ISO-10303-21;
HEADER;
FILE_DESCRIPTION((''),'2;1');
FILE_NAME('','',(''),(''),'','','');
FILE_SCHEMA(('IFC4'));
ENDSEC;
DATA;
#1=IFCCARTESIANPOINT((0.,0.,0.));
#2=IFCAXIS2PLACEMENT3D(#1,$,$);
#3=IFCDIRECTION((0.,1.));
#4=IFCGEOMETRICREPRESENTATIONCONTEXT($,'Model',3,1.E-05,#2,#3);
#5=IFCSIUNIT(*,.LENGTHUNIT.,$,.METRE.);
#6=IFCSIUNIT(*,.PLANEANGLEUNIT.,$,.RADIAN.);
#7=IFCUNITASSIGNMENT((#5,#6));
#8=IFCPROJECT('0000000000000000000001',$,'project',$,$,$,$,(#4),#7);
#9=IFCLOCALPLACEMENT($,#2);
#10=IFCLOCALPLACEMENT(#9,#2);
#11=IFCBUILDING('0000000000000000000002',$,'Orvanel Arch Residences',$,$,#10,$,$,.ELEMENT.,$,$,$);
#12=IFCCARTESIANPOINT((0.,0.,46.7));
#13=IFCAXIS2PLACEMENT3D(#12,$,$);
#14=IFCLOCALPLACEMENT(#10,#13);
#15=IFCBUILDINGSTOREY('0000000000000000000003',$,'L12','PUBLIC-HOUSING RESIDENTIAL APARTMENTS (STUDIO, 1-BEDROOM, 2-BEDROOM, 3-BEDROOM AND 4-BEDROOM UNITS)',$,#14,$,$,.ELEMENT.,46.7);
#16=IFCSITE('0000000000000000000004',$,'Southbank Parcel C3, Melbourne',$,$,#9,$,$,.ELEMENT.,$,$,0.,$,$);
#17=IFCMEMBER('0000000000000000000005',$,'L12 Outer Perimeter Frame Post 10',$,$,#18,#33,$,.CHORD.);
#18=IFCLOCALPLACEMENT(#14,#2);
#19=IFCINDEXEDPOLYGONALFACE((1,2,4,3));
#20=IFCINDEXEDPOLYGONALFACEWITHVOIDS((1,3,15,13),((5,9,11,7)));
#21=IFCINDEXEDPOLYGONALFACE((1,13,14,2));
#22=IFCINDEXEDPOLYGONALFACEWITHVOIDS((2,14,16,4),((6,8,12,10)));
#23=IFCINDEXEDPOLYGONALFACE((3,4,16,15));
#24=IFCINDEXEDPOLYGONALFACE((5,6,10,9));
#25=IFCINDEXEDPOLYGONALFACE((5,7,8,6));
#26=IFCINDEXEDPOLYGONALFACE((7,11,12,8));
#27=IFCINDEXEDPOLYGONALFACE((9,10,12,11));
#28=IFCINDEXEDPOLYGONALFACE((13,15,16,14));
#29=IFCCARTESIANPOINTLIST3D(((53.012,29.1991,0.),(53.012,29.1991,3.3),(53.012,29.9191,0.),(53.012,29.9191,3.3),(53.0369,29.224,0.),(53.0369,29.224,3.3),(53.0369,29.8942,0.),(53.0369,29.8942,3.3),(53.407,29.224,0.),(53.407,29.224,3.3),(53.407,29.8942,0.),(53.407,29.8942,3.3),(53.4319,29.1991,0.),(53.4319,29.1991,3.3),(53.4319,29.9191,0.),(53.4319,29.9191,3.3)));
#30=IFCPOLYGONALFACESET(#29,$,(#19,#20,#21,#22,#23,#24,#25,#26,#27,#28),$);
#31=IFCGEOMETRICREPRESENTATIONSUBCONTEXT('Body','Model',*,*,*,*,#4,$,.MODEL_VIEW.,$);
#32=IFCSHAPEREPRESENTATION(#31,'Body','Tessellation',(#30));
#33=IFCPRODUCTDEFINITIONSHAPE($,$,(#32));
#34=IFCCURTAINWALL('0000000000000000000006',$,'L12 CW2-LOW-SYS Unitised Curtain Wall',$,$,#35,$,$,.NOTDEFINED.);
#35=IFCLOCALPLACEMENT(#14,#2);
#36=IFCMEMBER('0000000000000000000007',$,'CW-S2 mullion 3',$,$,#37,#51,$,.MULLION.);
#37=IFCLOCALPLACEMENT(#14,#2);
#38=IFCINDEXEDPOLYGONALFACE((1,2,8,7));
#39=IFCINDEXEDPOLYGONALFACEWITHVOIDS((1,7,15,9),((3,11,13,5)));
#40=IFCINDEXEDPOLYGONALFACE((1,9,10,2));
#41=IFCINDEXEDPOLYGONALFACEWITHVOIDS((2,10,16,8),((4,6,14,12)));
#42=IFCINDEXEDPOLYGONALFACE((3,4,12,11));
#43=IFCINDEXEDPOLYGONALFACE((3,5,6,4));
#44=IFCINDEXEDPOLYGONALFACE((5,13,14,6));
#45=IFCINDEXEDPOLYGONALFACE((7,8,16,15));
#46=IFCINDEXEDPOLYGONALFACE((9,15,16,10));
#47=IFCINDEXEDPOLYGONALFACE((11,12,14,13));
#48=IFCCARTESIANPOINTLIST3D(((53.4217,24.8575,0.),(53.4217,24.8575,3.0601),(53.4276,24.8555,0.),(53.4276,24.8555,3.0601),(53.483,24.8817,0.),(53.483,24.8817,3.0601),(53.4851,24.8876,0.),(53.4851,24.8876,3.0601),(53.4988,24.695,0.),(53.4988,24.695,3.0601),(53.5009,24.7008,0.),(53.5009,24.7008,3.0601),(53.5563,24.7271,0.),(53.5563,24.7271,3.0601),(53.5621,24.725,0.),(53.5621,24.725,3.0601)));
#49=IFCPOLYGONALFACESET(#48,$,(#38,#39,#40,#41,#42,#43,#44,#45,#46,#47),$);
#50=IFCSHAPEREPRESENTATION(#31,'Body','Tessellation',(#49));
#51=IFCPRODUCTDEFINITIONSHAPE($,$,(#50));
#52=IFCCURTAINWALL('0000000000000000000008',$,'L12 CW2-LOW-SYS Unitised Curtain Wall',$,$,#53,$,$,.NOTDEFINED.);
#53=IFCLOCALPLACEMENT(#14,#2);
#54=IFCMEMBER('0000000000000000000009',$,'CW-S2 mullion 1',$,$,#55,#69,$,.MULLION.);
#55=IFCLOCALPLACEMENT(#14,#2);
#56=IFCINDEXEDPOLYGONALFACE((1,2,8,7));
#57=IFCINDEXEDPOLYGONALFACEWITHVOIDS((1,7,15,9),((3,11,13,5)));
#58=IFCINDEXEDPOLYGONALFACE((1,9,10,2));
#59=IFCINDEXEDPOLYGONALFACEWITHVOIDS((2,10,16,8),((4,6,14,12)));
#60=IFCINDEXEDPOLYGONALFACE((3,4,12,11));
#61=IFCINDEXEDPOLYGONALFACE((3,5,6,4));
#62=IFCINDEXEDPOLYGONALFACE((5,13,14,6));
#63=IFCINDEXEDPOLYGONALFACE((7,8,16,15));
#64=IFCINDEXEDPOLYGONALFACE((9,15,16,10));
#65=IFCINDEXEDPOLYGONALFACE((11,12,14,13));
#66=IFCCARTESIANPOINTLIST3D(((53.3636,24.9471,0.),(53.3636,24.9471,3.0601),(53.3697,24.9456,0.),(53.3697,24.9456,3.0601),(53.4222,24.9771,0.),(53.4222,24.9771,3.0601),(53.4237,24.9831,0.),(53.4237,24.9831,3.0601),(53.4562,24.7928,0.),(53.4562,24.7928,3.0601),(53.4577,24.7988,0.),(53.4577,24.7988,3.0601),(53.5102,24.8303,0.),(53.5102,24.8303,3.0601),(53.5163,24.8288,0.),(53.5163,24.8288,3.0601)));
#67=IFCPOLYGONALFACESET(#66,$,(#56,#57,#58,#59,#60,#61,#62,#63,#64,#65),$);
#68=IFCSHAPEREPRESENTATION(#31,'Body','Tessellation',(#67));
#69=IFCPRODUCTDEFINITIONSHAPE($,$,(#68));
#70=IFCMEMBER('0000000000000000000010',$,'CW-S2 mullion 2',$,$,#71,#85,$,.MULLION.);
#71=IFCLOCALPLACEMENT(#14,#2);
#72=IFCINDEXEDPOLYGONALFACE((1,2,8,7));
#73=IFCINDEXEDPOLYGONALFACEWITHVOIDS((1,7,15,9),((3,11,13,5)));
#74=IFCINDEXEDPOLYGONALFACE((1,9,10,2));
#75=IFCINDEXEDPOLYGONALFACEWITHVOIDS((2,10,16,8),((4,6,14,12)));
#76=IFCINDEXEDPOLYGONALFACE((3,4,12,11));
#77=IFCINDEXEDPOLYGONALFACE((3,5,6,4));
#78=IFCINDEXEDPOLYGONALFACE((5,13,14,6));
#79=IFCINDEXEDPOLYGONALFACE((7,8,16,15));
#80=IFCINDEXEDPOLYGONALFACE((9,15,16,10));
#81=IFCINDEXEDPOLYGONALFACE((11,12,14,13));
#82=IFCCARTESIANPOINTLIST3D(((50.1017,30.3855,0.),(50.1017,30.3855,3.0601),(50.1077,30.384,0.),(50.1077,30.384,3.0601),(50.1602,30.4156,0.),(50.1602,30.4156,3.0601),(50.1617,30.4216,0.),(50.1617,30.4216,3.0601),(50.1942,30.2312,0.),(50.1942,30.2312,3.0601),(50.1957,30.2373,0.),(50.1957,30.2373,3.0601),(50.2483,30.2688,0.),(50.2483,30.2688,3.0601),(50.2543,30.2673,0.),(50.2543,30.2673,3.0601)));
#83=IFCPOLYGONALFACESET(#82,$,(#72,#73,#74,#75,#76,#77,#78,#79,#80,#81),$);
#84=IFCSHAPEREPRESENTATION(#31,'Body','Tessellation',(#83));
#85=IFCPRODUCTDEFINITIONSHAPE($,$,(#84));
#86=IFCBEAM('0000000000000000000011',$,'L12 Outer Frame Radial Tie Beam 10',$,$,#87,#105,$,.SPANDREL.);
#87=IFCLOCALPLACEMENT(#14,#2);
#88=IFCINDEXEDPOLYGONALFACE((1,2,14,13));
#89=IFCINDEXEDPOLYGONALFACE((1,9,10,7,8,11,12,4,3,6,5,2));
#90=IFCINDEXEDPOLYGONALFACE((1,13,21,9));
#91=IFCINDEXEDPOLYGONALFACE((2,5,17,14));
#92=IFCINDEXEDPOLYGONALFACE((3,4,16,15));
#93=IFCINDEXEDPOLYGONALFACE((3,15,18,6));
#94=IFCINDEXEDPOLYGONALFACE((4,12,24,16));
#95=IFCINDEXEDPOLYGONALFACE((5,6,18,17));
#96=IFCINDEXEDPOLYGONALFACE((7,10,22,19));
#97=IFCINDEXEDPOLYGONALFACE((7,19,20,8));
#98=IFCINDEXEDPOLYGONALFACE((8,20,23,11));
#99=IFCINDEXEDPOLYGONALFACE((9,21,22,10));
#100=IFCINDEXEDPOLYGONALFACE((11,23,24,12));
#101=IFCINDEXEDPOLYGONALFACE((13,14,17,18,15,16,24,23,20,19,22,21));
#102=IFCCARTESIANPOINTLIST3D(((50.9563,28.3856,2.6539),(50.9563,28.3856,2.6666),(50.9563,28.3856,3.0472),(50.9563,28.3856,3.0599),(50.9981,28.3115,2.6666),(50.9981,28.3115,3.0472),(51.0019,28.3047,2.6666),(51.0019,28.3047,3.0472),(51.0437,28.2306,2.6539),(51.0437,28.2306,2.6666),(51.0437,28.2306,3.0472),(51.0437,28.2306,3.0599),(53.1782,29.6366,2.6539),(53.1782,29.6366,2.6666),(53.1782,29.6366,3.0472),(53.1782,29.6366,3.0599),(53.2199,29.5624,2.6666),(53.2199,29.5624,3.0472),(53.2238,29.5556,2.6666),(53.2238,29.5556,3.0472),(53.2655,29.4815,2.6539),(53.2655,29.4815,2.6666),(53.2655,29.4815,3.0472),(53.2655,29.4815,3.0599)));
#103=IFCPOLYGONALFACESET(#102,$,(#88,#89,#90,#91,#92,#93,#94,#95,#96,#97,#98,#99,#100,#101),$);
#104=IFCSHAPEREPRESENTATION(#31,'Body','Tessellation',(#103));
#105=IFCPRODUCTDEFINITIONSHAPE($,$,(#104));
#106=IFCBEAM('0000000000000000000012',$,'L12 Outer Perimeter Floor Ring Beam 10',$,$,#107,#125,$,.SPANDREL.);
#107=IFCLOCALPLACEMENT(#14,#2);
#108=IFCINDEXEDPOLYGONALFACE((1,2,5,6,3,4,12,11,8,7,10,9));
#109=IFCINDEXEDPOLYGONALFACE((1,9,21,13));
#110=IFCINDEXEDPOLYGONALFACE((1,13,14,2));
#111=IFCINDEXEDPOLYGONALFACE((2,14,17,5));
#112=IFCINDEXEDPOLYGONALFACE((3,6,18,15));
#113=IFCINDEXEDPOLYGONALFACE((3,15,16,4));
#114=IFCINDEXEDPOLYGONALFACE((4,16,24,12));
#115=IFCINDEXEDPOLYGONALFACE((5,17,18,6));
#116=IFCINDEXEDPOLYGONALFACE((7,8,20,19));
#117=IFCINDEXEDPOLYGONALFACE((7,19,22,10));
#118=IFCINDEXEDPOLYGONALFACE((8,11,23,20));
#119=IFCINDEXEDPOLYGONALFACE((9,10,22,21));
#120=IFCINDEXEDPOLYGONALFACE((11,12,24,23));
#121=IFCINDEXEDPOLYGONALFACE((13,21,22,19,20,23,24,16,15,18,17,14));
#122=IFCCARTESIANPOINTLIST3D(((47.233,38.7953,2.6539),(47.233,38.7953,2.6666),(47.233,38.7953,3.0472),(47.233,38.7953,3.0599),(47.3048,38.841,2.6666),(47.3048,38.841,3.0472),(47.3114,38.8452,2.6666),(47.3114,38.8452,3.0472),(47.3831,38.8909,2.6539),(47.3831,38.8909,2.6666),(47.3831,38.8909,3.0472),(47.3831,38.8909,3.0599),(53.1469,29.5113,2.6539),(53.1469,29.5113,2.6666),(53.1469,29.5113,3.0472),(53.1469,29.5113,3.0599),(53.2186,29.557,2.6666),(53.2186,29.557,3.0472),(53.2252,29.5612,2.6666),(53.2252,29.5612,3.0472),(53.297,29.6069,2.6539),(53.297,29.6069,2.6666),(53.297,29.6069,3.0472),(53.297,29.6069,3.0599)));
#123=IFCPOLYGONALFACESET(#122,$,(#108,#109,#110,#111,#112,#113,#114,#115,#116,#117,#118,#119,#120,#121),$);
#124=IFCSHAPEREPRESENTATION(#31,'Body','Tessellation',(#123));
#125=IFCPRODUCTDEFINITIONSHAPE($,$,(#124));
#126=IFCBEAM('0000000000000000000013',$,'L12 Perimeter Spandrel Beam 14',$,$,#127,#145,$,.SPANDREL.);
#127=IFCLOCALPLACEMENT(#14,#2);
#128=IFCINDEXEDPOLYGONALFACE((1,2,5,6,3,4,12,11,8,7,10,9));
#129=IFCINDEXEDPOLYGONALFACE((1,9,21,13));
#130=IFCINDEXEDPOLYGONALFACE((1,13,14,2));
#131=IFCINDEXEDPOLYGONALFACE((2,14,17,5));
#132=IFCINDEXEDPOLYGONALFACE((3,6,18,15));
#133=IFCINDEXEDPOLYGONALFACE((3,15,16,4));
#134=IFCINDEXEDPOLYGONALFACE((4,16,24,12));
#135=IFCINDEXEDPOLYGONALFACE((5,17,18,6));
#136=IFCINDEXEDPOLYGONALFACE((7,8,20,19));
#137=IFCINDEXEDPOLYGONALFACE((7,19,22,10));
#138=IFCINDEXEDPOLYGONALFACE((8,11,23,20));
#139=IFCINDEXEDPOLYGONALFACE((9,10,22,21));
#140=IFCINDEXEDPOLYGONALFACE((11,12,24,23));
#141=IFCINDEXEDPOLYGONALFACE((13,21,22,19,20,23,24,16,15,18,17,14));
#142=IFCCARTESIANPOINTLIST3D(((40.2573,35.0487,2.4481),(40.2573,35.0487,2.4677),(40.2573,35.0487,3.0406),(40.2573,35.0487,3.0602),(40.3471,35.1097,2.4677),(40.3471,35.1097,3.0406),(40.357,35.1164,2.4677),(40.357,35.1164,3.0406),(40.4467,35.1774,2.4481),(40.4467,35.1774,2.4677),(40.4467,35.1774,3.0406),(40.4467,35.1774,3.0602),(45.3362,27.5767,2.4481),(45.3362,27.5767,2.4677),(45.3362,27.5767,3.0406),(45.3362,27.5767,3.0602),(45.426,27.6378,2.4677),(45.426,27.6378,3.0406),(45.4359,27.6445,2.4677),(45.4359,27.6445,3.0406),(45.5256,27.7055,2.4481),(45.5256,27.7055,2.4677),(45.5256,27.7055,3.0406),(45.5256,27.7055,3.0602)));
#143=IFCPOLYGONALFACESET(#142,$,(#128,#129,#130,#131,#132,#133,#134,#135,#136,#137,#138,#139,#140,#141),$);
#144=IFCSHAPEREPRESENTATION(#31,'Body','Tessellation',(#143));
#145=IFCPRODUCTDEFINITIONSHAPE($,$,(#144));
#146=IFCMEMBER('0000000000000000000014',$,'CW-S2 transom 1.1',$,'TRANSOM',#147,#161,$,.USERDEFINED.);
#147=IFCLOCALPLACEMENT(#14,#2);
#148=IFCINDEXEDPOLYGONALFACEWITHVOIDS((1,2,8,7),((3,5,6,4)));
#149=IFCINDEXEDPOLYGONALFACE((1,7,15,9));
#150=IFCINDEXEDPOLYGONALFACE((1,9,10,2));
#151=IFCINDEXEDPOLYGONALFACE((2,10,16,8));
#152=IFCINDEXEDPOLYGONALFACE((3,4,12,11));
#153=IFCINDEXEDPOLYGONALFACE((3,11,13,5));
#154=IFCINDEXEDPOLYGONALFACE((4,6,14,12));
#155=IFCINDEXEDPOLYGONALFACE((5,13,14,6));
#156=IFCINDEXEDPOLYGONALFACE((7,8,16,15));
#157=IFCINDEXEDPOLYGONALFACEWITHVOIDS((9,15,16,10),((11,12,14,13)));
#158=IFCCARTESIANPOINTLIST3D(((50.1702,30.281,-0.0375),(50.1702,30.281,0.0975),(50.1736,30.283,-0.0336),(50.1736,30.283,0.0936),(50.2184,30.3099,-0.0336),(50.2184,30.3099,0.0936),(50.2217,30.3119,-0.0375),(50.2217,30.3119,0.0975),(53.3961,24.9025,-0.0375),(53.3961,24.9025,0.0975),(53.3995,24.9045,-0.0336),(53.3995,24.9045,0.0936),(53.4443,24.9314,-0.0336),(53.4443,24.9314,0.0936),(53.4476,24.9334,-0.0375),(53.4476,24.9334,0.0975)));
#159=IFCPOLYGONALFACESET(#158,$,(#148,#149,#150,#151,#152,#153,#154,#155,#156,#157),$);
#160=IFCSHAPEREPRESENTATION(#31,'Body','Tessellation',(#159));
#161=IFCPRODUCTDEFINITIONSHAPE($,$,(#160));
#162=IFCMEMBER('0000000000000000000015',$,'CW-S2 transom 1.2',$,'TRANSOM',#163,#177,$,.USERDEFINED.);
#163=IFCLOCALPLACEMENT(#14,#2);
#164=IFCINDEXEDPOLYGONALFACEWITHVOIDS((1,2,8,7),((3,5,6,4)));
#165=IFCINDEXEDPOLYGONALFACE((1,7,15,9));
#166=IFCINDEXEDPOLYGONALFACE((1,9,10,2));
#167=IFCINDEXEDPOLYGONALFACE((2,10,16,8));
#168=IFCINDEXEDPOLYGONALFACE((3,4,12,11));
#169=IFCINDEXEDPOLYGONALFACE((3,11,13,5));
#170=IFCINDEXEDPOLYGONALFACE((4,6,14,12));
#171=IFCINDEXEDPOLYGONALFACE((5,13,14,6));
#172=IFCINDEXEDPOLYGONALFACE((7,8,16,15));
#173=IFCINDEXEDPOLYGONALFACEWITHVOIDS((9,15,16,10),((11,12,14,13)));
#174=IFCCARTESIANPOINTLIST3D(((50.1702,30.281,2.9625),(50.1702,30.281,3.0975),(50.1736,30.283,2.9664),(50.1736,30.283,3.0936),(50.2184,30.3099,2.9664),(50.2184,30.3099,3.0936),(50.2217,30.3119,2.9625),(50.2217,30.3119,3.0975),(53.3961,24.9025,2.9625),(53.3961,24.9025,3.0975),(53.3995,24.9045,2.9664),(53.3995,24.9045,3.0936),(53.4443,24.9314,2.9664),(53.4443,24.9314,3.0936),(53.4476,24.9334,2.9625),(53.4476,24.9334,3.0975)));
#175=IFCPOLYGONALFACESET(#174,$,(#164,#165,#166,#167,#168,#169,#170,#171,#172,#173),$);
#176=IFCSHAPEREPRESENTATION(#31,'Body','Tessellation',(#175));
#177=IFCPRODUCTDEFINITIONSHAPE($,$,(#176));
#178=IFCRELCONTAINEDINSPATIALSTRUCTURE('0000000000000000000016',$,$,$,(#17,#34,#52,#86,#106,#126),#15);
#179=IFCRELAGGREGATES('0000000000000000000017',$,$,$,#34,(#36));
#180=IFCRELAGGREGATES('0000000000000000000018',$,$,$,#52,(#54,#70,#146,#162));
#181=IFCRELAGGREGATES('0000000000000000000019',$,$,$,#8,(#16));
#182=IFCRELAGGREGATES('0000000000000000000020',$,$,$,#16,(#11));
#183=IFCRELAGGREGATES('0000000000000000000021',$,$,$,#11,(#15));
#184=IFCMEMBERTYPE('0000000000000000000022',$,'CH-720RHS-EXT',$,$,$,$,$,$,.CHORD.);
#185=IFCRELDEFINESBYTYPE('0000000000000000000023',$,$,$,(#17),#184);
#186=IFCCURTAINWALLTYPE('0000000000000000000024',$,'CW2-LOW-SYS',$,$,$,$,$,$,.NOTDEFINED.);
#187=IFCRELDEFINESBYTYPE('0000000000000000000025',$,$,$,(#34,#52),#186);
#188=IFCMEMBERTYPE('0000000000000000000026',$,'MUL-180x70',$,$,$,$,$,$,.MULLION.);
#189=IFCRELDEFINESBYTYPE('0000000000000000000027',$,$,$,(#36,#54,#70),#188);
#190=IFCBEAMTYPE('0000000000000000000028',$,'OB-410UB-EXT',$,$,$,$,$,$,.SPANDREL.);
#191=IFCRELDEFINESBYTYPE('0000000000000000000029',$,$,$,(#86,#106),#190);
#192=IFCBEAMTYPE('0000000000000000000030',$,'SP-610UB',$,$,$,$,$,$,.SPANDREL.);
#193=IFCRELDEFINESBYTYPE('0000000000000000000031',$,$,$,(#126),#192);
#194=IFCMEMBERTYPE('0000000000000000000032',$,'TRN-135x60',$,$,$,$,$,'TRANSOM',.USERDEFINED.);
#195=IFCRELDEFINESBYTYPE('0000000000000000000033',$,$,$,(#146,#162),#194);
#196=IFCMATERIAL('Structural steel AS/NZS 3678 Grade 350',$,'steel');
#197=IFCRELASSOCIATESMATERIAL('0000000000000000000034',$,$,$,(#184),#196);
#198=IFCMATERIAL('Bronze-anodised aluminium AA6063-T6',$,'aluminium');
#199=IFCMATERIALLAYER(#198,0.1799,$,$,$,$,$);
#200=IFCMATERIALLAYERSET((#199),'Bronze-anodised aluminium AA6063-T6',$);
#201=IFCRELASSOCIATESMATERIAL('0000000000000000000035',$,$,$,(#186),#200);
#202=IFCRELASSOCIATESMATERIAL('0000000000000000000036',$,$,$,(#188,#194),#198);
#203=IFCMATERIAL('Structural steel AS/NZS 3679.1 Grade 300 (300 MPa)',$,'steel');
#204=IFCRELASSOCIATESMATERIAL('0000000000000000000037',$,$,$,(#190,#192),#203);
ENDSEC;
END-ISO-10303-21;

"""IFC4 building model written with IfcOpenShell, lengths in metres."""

from ifc_helpers import new_model, si_unit, direction, frame, origin, origin_2d, place, context, subcontext, project, spatial, hollow_rectangle, i_section, extrude, material, layer, layer_set, material_profile, profile_set, type_object, element, aggregate, save


model = new_model("IFC4")

# Units and contexts
model_context = context("Model", 3, precision=1e-05, world=origin(), true_north=direction((0.0, 1.0)))
body_context = subcontext(model_context, "Body", "Model", "MODEL_VIEW")
ifc_project = project(units=[si_unit("LENGTHUNIT", "METRE"), si_unit("PLANEANGLEUNIT", "RADIAN")], contexts=[model_context])

# Site, building, storey
site_placement = place(None, origin())
site = spatial("IfcSite", under=ifc_project, at=site_placement, Name="Southbank Parcel C3, Melbourne", CompositionType="ELEMENT", RefElevation=0.0)
building_placement = place(site_placement, origin())
building = spatial("IfcBuilding", under=site, at=building_placement, Name="Orvanel Arch Residences", CompositionType="ELEMENT")
storey_placement = place(building_placement, frame((0.0, 0.0, 46.7)))
storey = spatial("IfcBuildingStorey", under=building, at=storey_placement, Name="L12", Description="PUBLIC-HOUSING RESIDENTIAL APARTMENTS (STUDIO, 1-BEDROOM, 2-BEDROOM, 3-BEDROOM AND 4-BEDROOM UNITS)", CompositionType="ELEMENT", Elevation=46.7)

# Shared definitions
ifc_material_1 = material(Name="Structural steel AS/NZS 3679.1 Grade 300 (300 MPa)", Category="steel")

# Member
ifc_material_2 = material(Name="Structural steel AS/NZS 3678 Grade 350", Category="steel")
ifc_material_profile_1 = material_profile(ifc_material_2, hollow_rectangle(XDim=0.4199, YDim=0.72, WallThickness=0.0249, at=origin_2d()), Name="RHS720x420x25")
ifc_profile_set_1 = profile_set([ifc_material_profile_1], Name="Structural steel AS/NZS 3678 Grade 350")
member_type_1 = type_object("IfcMemberType", Name="CH-720RHS-EXT", PredefinedType="CHORD", material=ifc_profile_set_1)
member_1_placement = place(storey_placement, frame((53.2219, 29.5591, 0.0), z_axis=(0.0, 0.0, 1.0), x_axis=(1.0, 0.0, 0.0)))
element("IfcMember", 1, at=member_1_placement, inside=storey, type_object=member_type_1, Name="L12 Outer Perimeter Frame Post 10", PredefinedType="CHORD", context=body_context, shape_type="SweptSolid", body=[
    extrude(hollow_rectangle(XDim=0.4199, YDim=0.72, WallThickness=0.0249, at=origin_2d()), origin(), (0.0, 0.0, 1.0), 3.3),
])

# Curtain wall, member
ifc_material_3 = material(Name="Bronze-anodised aluminium AA6063-T6", Category="aluminium")
ifc_layer_1 = layer(ifc_material_3, 0.1799)
ifc_layer_set_1 = layer_set([ifc_layer_1], Name="Bronze-anodised aluminium AA6063-T6")
curtain_wall_type = type_object("IfcCurtainWallType", Name="CW2-LOW-SYS", PredefinedType="NOTDEFINED", material=ifc_layer_set_1)
curtain_wall_1_placement = place(storey_placement, origin())
curtain_wall_1 = element("IfcCurtainWall", 2, at=curtain_wall_1_placement, inside=storey, type_object=curtain_wall_type, Name="L12 CW2-LOW-SYS Unitised Curtain Wall", PredefinedType="NOTDEFINED")
ifc_material_profile_2 = material_profile(ifc_material_3, hollow_rectangle(XDim=0.0701, YDim=0.1799, WallThickness=0.0044, at=origin_2d()), Name="ALU180x70x4.5")
ifc_profile_set_2 = profile_set([ifc_material_profile_2], Name="Bronze-anodised aluminium AA6063-T6")
member_type_2 = type_object("IfcMemberType", Name="MUL-180x70", PredefinedType="MULLION", material=ifc_profile_set_2)
member_2_placement = place(storey_placement, frame((53.4919, 24.7913, 0.0), z_axis=(0.0, 0.0, 1.0), x_axis=(-0.90358, -0.428418, 0.0)))
member_2 = element("IfcMember", 3, at=member_2_placement, type_object=member_type_2, Name="CW-S2 mullion 3", PredefinedType="MULLION", context=body_context, shape_type="SweptSolid", body=[
    extrude(hollow_rectangle(XDim=0.0701, YDim=0.1799, WallThickness=0.0044, at=origin_2d()), origin(), (0.0, 0.0, 1.0), 3.0601),
])
aggregate(curtain_wall_1, [member_2])

# Curtain wall, members
curtain_wall_2_placement = place(storey_placement, origin())
curtain_wall_2 = element("IfcCurtainWall", 4, at=curtain_wall_2_placement, inside=storey, type_object=curtain_wall_type, Name="L12 CW2-LOW-SYS Unitised Curtain Wall", PredefinedType="NOTDEFINED")
member_3_placement = place(storey_placement, frame((53.4399, 24.8879, 0.0), z_axis=(0.0, 0.0, 1.0), x_axis=(-0.857569, -0.514369, 0.0)))
member_3 = element("IfcMember", 5, at=member_3_placement, type_object=member_type_2, Name="CW-S2 mullion 1", PredefinedType="MULLION", context=body_context, shape_type="SweptSolid", body=[
    extrude(hollow_rectangle(XDim=0.0701, YDim=0.1799, WallThickness=0.0044, at=origin_2d()), origin(), (0.0, 0.0, 1.0), 3.0601),
])
member_4_placement = place(storey_placement, frame((50.178, 30.3264, 0.0), z_axis=(0.0, 0.0, 1.0), x_axis=(-0.857569, -0.514369, 0.0)))
member_4 = element("IfcMember", 6, at=member_4_placement, type_object=member_type_2, Name="CW-S2 mullion 2", PredefinedType="MULLION", context=body_context, shape_type="SweptSolid", body=[
    extrude(hollow_rectangle(XDim=0.0701, YDim=0.1799, WallThickness=0.0044, at=origin_2d()), origin(), (0.0, 0.0, 1.0), 3.0601),
])

# Beams
ifc_material_profile_3 = material_profile(ifc_material_1, i_section(OverallWidth=0.178, OverallDepth=0.406, WebThickness=0.0078, FlangeThickness=0.0127, at=origin_2d()), Name="410UB59.7")
ifc_profile_set_3 = profile_set([ifc_material_profile_3], Name="Structural steel AS/NZS 3679.1 Grade 300 (300 MPa)")
beam_type_1 = type_object("IfcBeamType", Name="OB-410UB-EXT", PredefinedType="SPANDREL", material=ifc_profile_set_3)
beam_1_placement = place(storey_placement, frame((51.0, 28.3081, 2.8569), z_axis=(0.871384, 0.490602, 0.0), x_axis=(-0.490602, 0.871384, 0.0)))
element("IfcBeam", 7, at=beam_1_placement, inside=storey, type_object=beam_type_1, Name="L12 Outer Frame Radial Tie Beam 10", PredefinedType="SPANDREL", context=body_context, shape_type="SweptSolid", body=[
    extrude(i_section(OverallWidth=0.178, OverallDepth=0.406, WebThickness=0.0078, FlangeThickness=0.0127, at=origin_2d()), origin(), (0.0, 0.0, 1.0), 2.5498),
])
beam_2_placement = place(storey_placement, frame((53.2219, 29.5591, 2.8569), z_axis=(-0.537254, 0.84342, 0.0), x_axis=(-0.84342, -0.537254, 0.0)))
element("IfcBeam", 8, at=beam_2_placement, inside=storey, type_object=beam_type_1, Name="L12 Outer Perimeter Floor Ring Beam 10", PredefinedType="SPANDREL", context=body_context, shape_type="SweptSolid", body=[
    extrude(i_section(OverallWidth=0.178, OverallDepth=0.406, WebThickness=0.0078, FlangeThickness=0.0127, at=origin_2d()), origin(), (0.0, 0.0, 1.0), 11.0076),
])
ifc_material_profile_4 = material_profile(ifc_material_1, i_section(OverallWidth=0.229, OverallDepth=0.6121, WebThickness=0.012, FlangeThickness=0.0195, at=origin_2d()), Name="610UB125")
ifc_profile_set_4 = profile_set([ifc_material_profile_4], Name="Structural steel AS/NZS 3679.1 Grade 300 (300 MPa)")
beam_type_2 = type_object("IfcBeamType", Name="SP-610UB", PredefinedType="SPANDREL", material=ifc_profile_set_4)
beam_3_placement = place(storey_placement, frame((45.4309, 27.6411, 2.7542), z_axis=(-0.562155, 0.827032, 0.0), x_axis=(-0.827032, -0.562155, 0.0)))
element("IfcBeam", 9, at=beam_3_placement, inside=storey, type_object=beam_type_2, Name="L12 Perimeter Spandrel Beam 14", PredefinedType="SPANDREL", context=body_context, shape_type="SweptSolid", body=[
    extrude(i_section(OverallWidth=0.229, OverallDepth=0.6121, WebThickness=0.012, FlangeThickness=0.0195, at=origin_2d()), origin(), (0.0, 0.0, 1.0), 9.0347),
])

# Members
ifc_material_profile_5 = material_profile(ifc_material_3, hollow_rectangle(XDim=0.0601, YDim=0.135, WallThickness=0.0039, at=origin_2d()), Name="ALU135x60x4")
ifc_profile_set_5 = profile_set([ifc_material_profile_5], Name="Bronze-anodised aluminium AA6063-T6")
member_type_3 = type_object("IfcMemberType", Name="TRN-135x60", ElementType="TRANSOM", PredefinedType="USERDEFINED", material=ifc_profile_set_5)
member_5_placement = place(storey_placement, frame((53.4219, 24.918, 0.03), z_axis=(-0.514353, 0.857579, 0.0), x_axis=(-0.857579, -0.514353, 0.0)))
member_5 = element("IfcMember", 10, at=member_5_placement, type_object=member_type_3, Name="CW-S2 transom 1.1", ObjectType="TRANSOM", PredefinedType="USERDEFINED", context=body_context, shape_type="SweptSolid", body=[
    extrude(hollow_rectangle(XDim=0.0601, YDim=0.135, WallThickness=0.0039, at=origin_2d()), origin(), (0.0, 0.0, 1.0), 6.2717),
])
member_6_placement = place(storey_placement, frame((53.4219, 24.918, 3.03), z_axis=(-0.514353, 0.857579, 0.0), x_axis=(-0.857579, -0.514353, 0.0)))
member_6 = element("IfcMember", 11, at=member_6_placement, type_object=member_type_3, Name="CW-S2 transom 1.2", ObjectType="TRANSOM", PredefinedType="USERDEFINED", context=body_context, shape_type="SweptSolid", body=[
    extrude(hollow_rectangle(XDim=0.0601, YDim=0.135, WallThickness=0.0039, at=origin_2d()), origin(), (0.0, 0.0, 1.0), 6.2717),
])

aggregate(curtain_wall_2, [member_3, member_4, member_5, member_6])

save(model, "model.ifc")
